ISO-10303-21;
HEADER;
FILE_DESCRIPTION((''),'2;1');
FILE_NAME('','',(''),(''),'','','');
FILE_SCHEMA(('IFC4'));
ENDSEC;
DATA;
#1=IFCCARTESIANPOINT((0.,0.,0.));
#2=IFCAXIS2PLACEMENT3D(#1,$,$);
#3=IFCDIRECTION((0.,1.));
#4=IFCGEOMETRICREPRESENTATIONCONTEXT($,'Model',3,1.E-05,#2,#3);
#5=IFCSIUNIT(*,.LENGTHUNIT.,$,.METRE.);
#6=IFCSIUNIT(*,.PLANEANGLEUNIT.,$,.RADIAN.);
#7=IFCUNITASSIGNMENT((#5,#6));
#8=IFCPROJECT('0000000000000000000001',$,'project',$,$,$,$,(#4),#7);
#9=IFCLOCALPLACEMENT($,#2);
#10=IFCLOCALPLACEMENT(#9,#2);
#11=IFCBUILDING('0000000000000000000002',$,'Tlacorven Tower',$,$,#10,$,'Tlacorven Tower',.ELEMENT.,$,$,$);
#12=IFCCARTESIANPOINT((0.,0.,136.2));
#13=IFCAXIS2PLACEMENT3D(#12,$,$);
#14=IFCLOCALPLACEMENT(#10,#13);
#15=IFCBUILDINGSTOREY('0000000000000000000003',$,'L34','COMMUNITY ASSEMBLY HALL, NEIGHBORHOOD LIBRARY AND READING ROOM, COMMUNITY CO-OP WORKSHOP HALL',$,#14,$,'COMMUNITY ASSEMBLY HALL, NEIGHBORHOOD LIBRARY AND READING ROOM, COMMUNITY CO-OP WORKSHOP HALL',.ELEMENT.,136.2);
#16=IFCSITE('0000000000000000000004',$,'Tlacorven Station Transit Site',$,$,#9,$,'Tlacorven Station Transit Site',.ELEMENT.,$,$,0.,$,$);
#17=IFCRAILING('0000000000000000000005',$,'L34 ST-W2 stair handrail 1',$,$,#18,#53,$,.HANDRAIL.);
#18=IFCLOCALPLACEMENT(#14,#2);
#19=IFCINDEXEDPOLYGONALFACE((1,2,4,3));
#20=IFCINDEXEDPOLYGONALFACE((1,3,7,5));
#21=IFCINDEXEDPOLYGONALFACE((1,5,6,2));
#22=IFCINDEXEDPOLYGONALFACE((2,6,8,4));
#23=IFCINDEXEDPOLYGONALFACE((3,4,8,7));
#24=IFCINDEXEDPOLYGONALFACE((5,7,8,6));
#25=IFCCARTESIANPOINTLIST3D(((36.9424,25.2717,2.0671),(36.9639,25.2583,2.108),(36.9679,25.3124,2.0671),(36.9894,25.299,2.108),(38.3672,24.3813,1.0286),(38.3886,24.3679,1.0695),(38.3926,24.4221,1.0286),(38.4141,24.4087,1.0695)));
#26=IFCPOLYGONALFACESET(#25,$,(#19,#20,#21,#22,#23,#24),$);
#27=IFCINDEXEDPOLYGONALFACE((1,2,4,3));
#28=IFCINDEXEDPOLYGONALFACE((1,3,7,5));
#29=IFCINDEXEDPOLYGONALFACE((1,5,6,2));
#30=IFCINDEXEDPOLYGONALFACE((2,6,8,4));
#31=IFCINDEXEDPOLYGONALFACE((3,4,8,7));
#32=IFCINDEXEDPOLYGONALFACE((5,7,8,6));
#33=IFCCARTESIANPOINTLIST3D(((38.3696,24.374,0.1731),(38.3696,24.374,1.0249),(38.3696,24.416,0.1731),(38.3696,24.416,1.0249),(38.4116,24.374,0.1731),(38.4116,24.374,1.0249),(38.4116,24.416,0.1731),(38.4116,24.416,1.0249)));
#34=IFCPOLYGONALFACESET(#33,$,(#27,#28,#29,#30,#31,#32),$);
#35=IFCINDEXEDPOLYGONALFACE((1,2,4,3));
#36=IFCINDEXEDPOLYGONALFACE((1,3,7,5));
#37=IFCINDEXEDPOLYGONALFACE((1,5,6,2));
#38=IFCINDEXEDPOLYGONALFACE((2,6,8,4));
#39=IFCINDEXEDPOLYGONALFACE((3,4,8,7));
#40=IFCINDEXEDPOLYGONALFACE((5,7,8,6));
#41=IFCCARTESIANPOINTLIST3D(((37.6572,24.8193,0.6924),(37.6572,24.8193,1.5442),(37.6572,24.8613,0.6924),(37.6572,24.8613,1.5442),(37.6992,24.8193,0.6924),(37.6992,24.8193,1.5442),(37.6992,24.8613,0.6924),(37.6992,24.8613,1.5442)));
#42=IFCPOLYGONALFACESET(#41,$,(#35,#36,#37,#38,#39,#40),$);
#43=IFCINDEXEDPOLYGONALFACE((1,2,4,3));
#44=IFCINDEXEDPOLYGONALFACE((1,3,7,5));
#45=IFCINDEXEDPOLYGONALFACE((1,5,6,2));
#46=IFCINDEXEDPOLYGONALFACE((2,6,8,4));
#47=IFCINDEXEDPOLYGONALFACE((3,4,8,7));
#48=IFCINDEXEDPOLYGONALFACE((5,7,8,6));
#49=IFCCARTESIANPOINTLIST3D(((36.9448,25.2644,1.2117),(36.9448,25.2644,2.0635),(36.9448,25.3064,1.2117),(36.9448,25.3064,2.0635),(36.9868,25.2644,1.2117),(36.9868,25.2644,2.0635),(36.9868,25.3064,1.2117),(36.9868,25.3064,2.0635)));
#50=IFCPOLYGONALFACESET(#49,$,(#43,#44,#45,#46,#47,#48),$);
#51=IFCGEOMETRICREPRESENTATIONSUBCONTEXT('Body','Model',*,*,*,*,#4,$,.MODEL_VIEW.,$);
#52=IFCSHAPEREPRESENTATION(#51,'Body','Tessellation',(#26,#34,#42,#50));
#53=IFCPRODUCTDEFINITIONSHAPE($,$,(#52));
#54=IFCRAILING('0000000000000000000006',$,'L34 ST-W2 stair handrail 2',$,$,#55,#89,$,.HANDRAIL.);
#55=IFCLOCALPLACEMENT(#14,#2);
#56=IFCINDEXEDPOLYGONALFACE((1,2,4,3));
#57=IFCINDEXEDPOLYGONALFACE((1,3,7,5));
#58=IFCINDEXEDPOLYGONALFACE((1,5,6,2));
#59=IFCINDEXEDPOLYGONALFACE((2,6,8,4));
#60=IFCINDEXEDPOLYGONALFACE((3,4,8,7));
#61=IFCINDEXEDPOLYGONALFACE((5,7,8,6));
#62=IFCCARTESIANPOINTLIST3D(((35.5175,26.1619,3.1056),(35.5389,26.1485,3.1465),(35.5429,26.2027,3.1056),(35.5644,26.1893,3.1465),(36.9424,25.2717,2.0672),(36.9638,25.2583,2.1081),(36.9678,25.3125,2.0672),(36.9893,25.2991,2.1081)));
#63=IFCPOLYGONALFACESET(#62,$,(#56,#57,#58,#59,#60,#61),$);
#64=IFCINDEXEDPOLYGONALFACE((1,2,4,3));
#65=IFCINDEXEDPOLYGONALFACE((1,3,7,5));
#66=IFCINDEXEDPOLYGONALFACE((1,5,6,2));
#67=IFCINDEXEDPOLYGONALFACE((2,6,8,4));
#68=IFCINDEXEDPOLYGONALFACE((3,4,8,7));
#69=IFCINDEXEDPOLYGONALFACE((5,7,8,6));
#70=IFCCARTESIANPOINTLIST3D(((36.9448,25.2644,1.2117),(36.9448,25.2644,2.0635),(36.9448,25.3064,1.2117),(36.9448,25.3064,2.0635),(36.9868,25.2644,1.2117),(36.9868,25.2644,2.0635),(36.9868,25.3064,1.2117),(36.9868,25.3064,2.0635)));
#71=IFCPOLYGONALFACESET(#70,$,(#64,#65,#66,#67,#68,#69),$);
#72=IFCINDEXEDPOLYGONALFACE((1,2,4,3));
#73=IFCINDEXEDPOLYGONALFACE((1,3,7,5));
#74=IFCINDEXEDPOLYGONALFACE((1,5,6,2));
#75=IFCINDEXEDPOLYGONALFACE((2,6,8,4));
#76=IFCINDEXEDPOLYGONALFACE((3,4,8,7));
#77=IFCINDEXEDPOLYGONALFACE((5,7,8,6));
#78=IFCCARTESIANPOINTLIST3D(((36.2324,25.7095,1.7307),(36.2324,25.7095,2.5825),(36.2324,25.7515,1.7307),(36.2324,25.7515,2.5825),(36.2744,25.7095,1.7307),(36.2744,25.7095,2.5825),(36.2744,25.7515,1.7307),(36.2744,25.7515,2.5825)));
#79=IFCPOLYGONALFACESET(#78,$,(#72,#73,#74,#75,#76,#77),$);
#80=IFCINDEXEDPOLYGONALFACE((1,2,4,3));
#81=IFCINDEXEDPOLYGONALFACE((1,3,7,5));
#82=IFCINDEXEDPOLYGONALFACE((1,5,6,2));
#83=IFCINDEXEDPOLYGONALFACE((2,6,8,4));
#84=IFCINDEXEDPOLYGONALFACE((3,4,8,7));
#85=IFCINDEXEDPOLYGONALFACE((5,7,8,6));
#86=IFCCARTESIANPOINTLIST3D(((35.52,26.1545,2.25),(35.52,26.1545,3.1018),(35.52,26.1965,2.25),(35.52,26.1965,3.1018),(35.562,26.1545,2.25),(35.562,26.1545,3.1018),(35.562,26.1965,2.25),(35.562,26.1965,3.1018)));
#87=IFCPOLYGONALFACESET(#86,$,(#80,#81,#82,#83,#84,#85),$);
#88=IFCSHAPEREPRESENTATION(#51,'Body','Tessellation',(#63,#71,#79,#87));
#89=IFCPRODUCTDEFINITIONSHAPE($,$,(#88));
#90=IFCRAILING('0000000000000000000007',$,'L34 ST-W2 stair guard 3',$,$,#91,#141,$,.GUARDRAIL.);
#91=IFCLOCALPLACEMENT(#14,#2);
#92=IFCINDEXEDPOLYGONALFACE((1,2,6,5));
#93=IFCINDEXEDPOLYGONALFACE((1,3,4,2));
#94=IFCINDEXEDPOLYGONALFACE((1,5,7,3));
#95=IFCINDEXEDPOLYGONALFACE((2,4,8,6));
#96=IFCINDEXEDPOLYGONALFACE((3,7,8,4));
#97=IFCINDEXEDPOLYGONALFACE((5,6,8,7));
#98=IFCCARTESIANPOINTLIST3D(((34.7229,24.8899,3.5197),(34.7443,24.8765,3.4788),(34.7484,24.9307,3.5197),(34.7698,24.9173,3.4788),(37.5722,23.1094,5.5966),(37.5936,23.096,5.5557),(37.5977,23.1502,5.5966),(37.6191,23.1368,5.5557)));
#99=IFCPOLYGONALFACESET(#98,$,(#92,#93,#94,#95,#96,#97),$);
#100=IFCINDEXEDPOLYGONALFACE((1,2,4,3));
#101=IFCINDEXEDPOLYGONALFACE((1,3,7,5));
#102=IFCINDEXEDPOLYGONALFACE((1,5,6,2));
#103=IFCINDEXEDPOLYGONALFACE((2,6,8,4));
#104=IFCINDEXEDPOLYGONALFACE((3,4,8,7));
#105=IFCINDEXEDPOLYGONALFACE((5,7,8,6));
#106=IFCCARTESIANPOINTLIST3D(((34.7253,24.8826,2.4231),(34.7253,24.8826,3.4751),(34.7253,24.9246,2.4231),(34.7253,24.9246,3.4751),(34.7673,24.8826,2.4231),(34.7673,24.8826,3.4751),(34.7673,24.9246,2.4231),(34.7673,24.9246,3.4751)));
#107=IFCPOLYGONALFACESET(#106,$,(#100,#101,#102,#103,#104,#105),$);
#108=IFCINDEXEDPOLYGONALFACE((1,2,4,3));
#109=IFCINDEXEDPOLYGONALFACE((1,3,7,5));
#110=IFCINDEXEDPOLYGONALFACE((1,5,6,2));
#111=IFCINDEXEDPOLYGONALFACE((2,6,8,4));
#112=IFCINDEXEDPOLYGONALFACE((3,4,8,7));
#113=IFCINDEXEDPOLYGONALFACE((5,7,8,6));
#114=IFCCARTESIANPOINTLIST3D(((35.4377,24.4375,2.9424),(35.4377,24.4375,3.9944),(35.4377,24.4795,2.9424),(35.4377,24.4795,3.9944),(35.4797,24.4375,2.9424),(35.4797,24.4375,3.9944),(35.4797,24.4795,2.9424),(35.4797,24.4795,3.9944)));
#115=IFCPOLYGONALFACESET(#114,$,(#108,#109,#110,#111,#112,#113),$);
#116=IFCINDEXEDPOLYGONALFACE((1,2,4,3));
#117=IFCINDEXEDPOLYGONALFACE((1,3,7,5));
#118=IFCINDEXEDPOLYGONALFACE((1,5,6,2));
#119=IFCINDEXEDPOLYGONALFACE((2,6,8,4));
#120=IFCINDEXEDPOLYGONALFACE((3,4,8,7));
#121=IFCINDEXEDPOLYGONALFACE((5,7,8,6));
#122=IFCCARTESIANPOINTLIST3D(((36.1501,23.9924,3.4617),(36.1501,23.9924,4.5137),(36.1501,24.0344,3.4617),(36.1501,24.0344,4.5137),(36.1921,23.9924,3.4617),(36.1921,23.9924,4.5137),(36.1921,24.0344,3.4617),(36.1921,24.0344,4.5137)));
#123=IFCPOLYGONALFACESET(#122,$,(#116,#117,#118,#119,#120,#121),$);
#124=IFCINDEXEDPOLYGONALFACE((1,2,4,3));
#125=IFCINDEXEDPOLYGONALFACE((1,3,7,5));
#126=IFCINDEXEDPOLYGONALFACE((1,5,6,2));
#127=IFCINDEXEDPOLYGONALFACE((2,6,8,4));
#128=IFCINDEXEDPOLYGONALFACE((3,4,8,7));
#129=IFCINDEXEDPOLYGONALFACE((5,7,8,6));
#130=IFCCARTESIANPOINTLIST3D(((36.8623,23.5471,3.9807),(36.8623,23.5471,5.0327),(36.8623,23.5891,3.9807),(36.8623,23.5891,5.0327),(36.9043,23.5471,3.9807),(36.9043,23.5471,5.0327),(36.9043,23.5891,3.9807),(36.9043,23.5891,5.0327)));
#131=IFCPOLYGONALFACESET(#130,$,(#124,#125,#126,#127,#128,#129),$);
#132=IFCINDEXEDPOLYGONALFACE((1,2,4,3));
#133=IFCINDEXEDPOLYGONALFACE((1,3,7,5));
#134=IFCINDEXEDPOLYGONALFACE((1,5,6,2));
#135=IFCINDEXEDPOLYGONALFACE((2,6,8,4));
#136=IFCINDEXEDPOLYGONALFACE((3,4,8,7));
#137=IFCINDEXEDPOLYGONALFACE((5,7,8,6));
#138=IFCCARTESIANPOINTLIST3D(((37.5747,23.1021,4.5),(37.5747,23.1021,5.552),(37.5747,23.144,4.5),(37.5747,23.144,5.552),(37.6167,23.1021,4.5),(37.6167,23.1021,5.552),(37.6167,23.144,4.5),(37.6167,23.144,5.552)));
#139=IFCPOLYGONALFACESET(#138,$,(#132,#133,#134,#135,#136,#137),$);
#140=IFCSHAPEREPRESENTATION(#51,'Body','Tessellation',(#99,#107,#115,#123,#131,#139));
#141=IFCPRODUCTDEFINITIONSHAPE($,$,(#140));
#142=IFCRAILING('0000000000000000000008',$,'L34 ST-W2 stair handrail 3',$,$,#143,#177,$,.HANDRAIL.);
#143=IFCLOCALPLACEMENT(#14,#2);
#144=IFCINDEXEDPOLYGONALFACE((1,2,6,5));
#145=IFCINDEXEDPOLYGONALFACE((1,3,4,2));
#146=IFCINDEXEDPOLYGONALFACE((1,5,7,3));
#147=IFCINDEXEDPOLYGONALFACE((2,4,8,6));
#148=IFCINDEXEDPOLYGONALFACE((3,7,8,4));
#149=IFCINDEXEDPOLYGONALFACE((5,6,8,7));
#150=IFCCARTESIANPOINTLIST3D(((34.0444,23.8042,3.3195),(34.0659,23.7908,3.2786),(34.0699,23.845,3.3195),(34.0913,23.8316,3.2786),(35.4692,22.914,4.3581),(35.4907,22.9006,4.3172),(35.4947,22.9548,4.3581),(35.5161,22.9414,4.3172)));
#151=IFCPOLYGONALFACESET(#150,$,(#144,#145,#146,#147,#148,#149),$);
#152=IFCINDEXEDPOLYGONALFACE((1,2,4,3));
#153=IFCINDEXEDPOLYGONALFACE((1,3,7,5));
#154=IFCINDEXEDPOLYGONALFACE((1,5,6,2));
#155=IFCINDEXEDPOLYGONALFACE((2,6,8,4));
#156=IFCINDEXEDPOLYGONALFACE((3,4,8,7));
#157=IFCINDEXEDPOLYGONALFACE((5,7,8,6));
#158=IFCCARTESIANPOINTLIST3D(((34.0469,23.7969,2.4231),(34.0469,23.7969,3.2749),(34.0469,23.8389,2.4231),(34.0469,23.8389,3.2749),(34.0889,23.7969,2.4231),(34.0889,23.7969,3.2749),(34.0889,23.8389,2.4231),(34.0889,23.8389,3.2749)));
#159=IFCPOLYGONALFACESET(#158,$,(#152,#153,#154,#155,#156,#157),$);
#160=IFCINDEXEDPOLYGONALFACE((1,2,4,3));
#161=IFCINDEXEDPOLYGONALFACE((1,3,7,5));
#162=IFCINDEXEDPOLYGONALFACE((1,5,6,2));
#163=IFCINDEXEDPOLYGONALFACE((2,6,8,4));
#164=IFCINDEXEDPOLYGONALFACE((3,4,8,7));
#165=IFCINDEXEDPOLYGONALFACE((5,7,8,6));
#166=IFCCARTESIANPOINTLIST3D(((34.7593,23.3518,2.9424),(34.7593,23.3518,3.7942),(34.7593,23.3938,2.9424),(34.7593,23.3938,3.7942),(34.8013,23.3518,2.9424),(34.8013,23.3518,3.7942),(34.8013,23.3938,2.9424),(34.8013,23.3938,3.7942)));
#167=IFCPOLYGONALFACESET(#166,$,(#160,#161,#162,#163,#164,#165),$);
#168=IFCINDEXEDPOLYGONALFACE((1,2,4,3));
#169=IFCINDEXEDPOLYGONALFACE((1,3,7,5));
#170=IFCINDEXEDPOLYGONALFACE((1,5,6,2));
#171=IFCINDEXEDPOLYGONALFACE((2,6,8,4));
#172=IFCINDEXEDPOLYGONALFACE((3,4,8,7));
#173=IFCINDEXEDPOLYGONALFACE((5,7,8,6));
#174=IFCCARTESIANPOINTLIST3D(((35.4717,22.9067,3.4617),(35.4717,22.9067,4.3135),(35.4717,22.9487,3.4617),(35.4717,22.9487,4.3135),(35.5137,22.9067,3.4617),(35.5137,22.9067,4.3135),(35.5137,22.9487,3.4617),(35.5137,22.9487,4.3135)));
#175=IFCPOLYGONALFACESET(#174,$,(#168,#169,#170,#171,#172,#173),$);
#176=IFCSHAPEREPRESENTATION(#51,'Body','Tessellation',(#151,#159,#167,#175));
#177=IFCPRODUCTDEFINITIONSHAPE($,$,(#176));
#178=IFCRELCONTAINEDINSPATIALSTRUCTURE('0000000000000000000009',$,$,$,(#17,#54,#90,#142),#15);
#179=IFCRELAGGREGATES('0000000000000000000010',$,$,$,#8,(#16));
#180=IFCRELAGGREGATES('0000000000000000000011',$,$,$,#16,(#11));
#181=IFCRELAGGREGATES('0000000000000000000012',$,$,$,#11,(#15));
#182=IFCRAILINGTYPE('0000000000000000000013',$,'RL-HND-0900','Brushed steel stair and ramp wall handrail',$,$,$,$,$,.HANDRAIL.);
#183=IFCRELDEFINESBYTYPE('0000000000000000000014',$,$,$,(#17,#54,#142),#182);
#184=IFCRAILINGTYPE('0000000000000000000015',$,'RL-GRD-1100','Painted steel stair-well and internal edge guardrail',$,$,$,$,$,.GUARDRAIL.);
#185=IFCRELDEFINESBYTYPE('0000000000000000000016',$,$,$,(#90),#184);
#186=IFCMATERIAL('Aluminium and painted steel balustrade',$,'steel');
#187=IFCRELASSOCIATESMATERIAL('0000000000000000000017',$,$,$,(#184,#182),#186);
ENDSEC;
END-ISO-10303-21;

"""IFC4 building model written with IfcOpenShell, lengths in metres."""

from ifc_helpers import new_model, si_unit, direction, frame, origin, origin_2d, place, context, subcontext, project, spatial, rectangle, extrude, source, transform, mapped, material, type_object, element, save


model = new_model("IFC4")

# Units and contexts
model_context = context("Model", 3, precision=1e-05, world=origin(), true_north=direction((0.0, 1.0)))
body_context = subcontext(model_context, "Body", "Model", "MODEL_VIEW")
ifc_project = project(units=[si_unit("LENGTHUNIT", "METRE"), si_unit("PLANEANGLEUNIT", "RADIAN")], contexts=[model_context])

# Site, building, storey
site_placement = place(None, origin())
site = spatial("IfcSite", under=ifc_project, at=site_placement, Name="Tlacorven Station Transit Site", LongName="Tlacorven Station Transit Site", CompositionType="ELEMENT", RefElevation=0.0)
building_placement = place(site_placement, origin())
building = spatial("IfcBuilding", under=site, at=building_placement, Name="Tlacorven Tower", LongName="Tlacorven Tower", CompositionType="ELEMENT")
storey_placement = place(building_placement, frame((0.0, 0.0, 136.2)))
storey = spatial("IfcBuildingStorey", under=building, at=storey_placement, Name="L34", Description="COMMUNITY ASSEMBLY HALL, NEIGHBORHOOD LIBRARY AND READING ROOM, COMMUNITY CO-OP WORKSHOP HALL", LongName="COMMUNITY ASSEMBLY HALL, NEIGHBORHOOD LIBRARY AND READING ROOM, COMMUNITY CO-OP WORKSHOP HALL", CompositionType="ELEMENT", Elevation=136.2)

# Railings
ifc_material_1 = material(Name="Aluminium and painted steel balustrade", Category="steel")
railing_type_1 = type_object("IfcRailingType", Name="RL-GRD-1100", Description="Painted steel stair-well and internal edge guardrail", PredefinedType="GUARDRAIL", material=ifc_material_1)
railing_type_2 = type_object("IfcRailingType", Name="RL-HND-0900", Description="Brushed steel stair and ramp wall handrail", PredefinedType="HANDRAIL", material=ifc_material_1)
shared_shape_1 = source(origin(), body_context, "Body", "SweptSolid", [
    extrude(rectangle(XDim=0.0481, YDim=0.0481, at=origin_2d()), frame((0.0, 0.0, 0.876), z_axis=(-0.721341, 0.450776, 0.525803), x_axis=(-0.529947, -0.848031, 0.0)), (0.0, 0.0, 1.0), 1.9751),
    extrude(rectangle(XDim=0.042, YDim=0.042, at=origin_2d()), origin(), (0.0, 0.0, 1.0), 0.8518),
    extrude(rectangle(XDim=0.042, YDim=0.042, at=origin_2d()), frame((-0.7124, 0.4453, 0.5193)), (0.0, 0.0, 1.0), 0.8518),
    extrude(rectangle(XDim=0.042, YDim=0.042, at=origin_2d()), frame((-1.4248, 0.8904, 1.0386)), (0.0, 0.0, 1.0), 0.8518),
])
railing_1_placement = place(storey_placement, frame((38.3906, 24.395, 0.1731)))
element("IfcRailing", 1, at=railing_1_placement, inside=storey, type_object=railing_type_2, Name="L34 ST-W2 stair handrail 1", PredefinedType="HANDRAIL", context=body_context, shape_type="MappedRepresentation", body=[
    mapped(shared_shape_1, transform((0.0, 0.0, 0.0), scale=1.0)),
])
shared_shape_2 = source(origin(), body_context, "Body", "SweptSolid", [
    extrude(rectangle(XDim=0.0481, YDim=0.0481, at=origin_2d()), frame((0.0, 0.0, 0.876), z_axis=(-0.721428, 0.450707, 0.525742), x_axis=(-0.529842, -0.848096, 0.0)), (0.0, 0.0, 1.0), 1.9751),
    extrude(rectangle(XDim=0.042, YDim=0.042, at=origin_2d()), origin(), (0.0, 0.0, 1.0), 0.8518),
    extrude(rectangle(XDim=0.042, YDim=0.042, at=origin_2d()), frame((-0.7124, 0.4451, 0.519)), (0.0, 0.0, 1.0), 0.8518),
    extrude(rectangle(XDim=0.042, YDim=0.042, at=origin_2d()), frame((-1.4248, 0.8901, 1.0383)), (0.0, 0.0, 1.0), 0.8518),
])
railing_2_placement = place(storey_placement, frame((36.9658, 25.2854, 1.2117)))
element("IfcRailing", 2, at=railing_2_placement, inside=storey, type_object=railing_type_2, Name="L34 ST-W2 stair handrail 2", PredefinedType="HANDRAIL", context=body_context, shape_type="MappedRepresentation", body=[
    mapped(shared_shape_2, transform((0.0, 0.0, 0.0), scale=1.0)),
])
shared_shape_3 = source(origin(), body_context, "Body", "SweptSolid", [
    extrude(rectangle(XDim=0.0481, YDim=0.0481, at=origin_2d()), frame((0.0, 0.0, 1.0762), z_axis=(0.721355, -0.450762, 0.525796), x_axis=(0.529927, 0.848043, 0.0)), (0.0, 0.0, 1.0), 3.95),
    extrude(rectangle(XDim=0.042, YDim=0.042, at=origin_2d()), origin(), (0.0, 0.0, 1.0), 1.052),
    extrude(rectangle(XDim=0.042, YDim=0.042, at=origin_2d()), frame((0.7124, -0.4451, 0.5193)), (0.0, 0.0, 1.0), 1.052),
    extrude(rectangle(XDim=0.042, YDim=0.042, at=origin_2d()), frame((1.4248, -0.8901, 1.0386)), (0.0, 0.0, 1.0), 1.052),
    extrude(rectangle(XDim=0.042, YDim=0.042, at=origin_2d()), frame((2.137, -1.3354, 1.5576)), (0.0, 0.0, 1.0), 1.052),
    extrude(rectangle(XDim=0.042, YDim=0.042, at=origin_2d()), frame((2.8494, -1.7805, 2.0769)), (0.0, 0.0, 1.0), 1.052),
])
railing_3_placement = place(storey_placement, frame((34.7463, 24.9036, 2.4231)))
element("IfcRailing", 3, at=railing_3_placement, inside=storey, type_object=railing_type_1, Name="L34 ST-W2 stair guard 3", PredefinedType="GUARDRAIL", context=body_context, shape_type="MappedRepresentation", body=[
    mapped(shared_shape_3, transform((0.0, 0.0, 0.0), scale=1.0)),
])
shared_shape_4 = source(origin(), body_context, "Body", "SweptSolid", [
    extrude(rectangle(XDim=0.0481, YDim=0.0481, at=origin_2d()), frame((0.0, 0.0, 0.876), z_axis=(0.721381, -0.450678, 0.525832), x_axis=(0.529842, 0.848096, 0.0)), (0.0, 0.0, 1.0), 1.9751),
    extrude(rectangle(XDim=0.042, YDim=0.042, at=origin_2d()), origin(), (0.0, 0.0, 1.0), 0.8518),
    extrude(rectangle(XDim=0.042, YDim=0.042, at=origin_2d()), frame((0.7124, -0.4451, 0.5193)), (0.0, 0.0, 1.0), 0.8518),
    extrude(rectangle(XDim=0.042, YDim=0.042, at=origin_2d()), frame((1.4248, -0.8901, 1.0386)), (0.0, 0.0, 1.0), 0.8518),
])
railing_4_placement = place(storey_placement, frame((34.0679, 23.8179, 2.4231)))
element("IfcRailing", 4, at=railing_4_placement, inside=storey, type_object=railing_type_2, Name="L34 ST-W2 stair handrail 3", PredefinedType="HANDRAIL", context=body_context, shape_type="MappedRepresentation", body=[
    mapped(shared_shape_4, transform((0.0, 0.0, 0.0), scale=1.0)),
])

save(model, "model.ifc")
